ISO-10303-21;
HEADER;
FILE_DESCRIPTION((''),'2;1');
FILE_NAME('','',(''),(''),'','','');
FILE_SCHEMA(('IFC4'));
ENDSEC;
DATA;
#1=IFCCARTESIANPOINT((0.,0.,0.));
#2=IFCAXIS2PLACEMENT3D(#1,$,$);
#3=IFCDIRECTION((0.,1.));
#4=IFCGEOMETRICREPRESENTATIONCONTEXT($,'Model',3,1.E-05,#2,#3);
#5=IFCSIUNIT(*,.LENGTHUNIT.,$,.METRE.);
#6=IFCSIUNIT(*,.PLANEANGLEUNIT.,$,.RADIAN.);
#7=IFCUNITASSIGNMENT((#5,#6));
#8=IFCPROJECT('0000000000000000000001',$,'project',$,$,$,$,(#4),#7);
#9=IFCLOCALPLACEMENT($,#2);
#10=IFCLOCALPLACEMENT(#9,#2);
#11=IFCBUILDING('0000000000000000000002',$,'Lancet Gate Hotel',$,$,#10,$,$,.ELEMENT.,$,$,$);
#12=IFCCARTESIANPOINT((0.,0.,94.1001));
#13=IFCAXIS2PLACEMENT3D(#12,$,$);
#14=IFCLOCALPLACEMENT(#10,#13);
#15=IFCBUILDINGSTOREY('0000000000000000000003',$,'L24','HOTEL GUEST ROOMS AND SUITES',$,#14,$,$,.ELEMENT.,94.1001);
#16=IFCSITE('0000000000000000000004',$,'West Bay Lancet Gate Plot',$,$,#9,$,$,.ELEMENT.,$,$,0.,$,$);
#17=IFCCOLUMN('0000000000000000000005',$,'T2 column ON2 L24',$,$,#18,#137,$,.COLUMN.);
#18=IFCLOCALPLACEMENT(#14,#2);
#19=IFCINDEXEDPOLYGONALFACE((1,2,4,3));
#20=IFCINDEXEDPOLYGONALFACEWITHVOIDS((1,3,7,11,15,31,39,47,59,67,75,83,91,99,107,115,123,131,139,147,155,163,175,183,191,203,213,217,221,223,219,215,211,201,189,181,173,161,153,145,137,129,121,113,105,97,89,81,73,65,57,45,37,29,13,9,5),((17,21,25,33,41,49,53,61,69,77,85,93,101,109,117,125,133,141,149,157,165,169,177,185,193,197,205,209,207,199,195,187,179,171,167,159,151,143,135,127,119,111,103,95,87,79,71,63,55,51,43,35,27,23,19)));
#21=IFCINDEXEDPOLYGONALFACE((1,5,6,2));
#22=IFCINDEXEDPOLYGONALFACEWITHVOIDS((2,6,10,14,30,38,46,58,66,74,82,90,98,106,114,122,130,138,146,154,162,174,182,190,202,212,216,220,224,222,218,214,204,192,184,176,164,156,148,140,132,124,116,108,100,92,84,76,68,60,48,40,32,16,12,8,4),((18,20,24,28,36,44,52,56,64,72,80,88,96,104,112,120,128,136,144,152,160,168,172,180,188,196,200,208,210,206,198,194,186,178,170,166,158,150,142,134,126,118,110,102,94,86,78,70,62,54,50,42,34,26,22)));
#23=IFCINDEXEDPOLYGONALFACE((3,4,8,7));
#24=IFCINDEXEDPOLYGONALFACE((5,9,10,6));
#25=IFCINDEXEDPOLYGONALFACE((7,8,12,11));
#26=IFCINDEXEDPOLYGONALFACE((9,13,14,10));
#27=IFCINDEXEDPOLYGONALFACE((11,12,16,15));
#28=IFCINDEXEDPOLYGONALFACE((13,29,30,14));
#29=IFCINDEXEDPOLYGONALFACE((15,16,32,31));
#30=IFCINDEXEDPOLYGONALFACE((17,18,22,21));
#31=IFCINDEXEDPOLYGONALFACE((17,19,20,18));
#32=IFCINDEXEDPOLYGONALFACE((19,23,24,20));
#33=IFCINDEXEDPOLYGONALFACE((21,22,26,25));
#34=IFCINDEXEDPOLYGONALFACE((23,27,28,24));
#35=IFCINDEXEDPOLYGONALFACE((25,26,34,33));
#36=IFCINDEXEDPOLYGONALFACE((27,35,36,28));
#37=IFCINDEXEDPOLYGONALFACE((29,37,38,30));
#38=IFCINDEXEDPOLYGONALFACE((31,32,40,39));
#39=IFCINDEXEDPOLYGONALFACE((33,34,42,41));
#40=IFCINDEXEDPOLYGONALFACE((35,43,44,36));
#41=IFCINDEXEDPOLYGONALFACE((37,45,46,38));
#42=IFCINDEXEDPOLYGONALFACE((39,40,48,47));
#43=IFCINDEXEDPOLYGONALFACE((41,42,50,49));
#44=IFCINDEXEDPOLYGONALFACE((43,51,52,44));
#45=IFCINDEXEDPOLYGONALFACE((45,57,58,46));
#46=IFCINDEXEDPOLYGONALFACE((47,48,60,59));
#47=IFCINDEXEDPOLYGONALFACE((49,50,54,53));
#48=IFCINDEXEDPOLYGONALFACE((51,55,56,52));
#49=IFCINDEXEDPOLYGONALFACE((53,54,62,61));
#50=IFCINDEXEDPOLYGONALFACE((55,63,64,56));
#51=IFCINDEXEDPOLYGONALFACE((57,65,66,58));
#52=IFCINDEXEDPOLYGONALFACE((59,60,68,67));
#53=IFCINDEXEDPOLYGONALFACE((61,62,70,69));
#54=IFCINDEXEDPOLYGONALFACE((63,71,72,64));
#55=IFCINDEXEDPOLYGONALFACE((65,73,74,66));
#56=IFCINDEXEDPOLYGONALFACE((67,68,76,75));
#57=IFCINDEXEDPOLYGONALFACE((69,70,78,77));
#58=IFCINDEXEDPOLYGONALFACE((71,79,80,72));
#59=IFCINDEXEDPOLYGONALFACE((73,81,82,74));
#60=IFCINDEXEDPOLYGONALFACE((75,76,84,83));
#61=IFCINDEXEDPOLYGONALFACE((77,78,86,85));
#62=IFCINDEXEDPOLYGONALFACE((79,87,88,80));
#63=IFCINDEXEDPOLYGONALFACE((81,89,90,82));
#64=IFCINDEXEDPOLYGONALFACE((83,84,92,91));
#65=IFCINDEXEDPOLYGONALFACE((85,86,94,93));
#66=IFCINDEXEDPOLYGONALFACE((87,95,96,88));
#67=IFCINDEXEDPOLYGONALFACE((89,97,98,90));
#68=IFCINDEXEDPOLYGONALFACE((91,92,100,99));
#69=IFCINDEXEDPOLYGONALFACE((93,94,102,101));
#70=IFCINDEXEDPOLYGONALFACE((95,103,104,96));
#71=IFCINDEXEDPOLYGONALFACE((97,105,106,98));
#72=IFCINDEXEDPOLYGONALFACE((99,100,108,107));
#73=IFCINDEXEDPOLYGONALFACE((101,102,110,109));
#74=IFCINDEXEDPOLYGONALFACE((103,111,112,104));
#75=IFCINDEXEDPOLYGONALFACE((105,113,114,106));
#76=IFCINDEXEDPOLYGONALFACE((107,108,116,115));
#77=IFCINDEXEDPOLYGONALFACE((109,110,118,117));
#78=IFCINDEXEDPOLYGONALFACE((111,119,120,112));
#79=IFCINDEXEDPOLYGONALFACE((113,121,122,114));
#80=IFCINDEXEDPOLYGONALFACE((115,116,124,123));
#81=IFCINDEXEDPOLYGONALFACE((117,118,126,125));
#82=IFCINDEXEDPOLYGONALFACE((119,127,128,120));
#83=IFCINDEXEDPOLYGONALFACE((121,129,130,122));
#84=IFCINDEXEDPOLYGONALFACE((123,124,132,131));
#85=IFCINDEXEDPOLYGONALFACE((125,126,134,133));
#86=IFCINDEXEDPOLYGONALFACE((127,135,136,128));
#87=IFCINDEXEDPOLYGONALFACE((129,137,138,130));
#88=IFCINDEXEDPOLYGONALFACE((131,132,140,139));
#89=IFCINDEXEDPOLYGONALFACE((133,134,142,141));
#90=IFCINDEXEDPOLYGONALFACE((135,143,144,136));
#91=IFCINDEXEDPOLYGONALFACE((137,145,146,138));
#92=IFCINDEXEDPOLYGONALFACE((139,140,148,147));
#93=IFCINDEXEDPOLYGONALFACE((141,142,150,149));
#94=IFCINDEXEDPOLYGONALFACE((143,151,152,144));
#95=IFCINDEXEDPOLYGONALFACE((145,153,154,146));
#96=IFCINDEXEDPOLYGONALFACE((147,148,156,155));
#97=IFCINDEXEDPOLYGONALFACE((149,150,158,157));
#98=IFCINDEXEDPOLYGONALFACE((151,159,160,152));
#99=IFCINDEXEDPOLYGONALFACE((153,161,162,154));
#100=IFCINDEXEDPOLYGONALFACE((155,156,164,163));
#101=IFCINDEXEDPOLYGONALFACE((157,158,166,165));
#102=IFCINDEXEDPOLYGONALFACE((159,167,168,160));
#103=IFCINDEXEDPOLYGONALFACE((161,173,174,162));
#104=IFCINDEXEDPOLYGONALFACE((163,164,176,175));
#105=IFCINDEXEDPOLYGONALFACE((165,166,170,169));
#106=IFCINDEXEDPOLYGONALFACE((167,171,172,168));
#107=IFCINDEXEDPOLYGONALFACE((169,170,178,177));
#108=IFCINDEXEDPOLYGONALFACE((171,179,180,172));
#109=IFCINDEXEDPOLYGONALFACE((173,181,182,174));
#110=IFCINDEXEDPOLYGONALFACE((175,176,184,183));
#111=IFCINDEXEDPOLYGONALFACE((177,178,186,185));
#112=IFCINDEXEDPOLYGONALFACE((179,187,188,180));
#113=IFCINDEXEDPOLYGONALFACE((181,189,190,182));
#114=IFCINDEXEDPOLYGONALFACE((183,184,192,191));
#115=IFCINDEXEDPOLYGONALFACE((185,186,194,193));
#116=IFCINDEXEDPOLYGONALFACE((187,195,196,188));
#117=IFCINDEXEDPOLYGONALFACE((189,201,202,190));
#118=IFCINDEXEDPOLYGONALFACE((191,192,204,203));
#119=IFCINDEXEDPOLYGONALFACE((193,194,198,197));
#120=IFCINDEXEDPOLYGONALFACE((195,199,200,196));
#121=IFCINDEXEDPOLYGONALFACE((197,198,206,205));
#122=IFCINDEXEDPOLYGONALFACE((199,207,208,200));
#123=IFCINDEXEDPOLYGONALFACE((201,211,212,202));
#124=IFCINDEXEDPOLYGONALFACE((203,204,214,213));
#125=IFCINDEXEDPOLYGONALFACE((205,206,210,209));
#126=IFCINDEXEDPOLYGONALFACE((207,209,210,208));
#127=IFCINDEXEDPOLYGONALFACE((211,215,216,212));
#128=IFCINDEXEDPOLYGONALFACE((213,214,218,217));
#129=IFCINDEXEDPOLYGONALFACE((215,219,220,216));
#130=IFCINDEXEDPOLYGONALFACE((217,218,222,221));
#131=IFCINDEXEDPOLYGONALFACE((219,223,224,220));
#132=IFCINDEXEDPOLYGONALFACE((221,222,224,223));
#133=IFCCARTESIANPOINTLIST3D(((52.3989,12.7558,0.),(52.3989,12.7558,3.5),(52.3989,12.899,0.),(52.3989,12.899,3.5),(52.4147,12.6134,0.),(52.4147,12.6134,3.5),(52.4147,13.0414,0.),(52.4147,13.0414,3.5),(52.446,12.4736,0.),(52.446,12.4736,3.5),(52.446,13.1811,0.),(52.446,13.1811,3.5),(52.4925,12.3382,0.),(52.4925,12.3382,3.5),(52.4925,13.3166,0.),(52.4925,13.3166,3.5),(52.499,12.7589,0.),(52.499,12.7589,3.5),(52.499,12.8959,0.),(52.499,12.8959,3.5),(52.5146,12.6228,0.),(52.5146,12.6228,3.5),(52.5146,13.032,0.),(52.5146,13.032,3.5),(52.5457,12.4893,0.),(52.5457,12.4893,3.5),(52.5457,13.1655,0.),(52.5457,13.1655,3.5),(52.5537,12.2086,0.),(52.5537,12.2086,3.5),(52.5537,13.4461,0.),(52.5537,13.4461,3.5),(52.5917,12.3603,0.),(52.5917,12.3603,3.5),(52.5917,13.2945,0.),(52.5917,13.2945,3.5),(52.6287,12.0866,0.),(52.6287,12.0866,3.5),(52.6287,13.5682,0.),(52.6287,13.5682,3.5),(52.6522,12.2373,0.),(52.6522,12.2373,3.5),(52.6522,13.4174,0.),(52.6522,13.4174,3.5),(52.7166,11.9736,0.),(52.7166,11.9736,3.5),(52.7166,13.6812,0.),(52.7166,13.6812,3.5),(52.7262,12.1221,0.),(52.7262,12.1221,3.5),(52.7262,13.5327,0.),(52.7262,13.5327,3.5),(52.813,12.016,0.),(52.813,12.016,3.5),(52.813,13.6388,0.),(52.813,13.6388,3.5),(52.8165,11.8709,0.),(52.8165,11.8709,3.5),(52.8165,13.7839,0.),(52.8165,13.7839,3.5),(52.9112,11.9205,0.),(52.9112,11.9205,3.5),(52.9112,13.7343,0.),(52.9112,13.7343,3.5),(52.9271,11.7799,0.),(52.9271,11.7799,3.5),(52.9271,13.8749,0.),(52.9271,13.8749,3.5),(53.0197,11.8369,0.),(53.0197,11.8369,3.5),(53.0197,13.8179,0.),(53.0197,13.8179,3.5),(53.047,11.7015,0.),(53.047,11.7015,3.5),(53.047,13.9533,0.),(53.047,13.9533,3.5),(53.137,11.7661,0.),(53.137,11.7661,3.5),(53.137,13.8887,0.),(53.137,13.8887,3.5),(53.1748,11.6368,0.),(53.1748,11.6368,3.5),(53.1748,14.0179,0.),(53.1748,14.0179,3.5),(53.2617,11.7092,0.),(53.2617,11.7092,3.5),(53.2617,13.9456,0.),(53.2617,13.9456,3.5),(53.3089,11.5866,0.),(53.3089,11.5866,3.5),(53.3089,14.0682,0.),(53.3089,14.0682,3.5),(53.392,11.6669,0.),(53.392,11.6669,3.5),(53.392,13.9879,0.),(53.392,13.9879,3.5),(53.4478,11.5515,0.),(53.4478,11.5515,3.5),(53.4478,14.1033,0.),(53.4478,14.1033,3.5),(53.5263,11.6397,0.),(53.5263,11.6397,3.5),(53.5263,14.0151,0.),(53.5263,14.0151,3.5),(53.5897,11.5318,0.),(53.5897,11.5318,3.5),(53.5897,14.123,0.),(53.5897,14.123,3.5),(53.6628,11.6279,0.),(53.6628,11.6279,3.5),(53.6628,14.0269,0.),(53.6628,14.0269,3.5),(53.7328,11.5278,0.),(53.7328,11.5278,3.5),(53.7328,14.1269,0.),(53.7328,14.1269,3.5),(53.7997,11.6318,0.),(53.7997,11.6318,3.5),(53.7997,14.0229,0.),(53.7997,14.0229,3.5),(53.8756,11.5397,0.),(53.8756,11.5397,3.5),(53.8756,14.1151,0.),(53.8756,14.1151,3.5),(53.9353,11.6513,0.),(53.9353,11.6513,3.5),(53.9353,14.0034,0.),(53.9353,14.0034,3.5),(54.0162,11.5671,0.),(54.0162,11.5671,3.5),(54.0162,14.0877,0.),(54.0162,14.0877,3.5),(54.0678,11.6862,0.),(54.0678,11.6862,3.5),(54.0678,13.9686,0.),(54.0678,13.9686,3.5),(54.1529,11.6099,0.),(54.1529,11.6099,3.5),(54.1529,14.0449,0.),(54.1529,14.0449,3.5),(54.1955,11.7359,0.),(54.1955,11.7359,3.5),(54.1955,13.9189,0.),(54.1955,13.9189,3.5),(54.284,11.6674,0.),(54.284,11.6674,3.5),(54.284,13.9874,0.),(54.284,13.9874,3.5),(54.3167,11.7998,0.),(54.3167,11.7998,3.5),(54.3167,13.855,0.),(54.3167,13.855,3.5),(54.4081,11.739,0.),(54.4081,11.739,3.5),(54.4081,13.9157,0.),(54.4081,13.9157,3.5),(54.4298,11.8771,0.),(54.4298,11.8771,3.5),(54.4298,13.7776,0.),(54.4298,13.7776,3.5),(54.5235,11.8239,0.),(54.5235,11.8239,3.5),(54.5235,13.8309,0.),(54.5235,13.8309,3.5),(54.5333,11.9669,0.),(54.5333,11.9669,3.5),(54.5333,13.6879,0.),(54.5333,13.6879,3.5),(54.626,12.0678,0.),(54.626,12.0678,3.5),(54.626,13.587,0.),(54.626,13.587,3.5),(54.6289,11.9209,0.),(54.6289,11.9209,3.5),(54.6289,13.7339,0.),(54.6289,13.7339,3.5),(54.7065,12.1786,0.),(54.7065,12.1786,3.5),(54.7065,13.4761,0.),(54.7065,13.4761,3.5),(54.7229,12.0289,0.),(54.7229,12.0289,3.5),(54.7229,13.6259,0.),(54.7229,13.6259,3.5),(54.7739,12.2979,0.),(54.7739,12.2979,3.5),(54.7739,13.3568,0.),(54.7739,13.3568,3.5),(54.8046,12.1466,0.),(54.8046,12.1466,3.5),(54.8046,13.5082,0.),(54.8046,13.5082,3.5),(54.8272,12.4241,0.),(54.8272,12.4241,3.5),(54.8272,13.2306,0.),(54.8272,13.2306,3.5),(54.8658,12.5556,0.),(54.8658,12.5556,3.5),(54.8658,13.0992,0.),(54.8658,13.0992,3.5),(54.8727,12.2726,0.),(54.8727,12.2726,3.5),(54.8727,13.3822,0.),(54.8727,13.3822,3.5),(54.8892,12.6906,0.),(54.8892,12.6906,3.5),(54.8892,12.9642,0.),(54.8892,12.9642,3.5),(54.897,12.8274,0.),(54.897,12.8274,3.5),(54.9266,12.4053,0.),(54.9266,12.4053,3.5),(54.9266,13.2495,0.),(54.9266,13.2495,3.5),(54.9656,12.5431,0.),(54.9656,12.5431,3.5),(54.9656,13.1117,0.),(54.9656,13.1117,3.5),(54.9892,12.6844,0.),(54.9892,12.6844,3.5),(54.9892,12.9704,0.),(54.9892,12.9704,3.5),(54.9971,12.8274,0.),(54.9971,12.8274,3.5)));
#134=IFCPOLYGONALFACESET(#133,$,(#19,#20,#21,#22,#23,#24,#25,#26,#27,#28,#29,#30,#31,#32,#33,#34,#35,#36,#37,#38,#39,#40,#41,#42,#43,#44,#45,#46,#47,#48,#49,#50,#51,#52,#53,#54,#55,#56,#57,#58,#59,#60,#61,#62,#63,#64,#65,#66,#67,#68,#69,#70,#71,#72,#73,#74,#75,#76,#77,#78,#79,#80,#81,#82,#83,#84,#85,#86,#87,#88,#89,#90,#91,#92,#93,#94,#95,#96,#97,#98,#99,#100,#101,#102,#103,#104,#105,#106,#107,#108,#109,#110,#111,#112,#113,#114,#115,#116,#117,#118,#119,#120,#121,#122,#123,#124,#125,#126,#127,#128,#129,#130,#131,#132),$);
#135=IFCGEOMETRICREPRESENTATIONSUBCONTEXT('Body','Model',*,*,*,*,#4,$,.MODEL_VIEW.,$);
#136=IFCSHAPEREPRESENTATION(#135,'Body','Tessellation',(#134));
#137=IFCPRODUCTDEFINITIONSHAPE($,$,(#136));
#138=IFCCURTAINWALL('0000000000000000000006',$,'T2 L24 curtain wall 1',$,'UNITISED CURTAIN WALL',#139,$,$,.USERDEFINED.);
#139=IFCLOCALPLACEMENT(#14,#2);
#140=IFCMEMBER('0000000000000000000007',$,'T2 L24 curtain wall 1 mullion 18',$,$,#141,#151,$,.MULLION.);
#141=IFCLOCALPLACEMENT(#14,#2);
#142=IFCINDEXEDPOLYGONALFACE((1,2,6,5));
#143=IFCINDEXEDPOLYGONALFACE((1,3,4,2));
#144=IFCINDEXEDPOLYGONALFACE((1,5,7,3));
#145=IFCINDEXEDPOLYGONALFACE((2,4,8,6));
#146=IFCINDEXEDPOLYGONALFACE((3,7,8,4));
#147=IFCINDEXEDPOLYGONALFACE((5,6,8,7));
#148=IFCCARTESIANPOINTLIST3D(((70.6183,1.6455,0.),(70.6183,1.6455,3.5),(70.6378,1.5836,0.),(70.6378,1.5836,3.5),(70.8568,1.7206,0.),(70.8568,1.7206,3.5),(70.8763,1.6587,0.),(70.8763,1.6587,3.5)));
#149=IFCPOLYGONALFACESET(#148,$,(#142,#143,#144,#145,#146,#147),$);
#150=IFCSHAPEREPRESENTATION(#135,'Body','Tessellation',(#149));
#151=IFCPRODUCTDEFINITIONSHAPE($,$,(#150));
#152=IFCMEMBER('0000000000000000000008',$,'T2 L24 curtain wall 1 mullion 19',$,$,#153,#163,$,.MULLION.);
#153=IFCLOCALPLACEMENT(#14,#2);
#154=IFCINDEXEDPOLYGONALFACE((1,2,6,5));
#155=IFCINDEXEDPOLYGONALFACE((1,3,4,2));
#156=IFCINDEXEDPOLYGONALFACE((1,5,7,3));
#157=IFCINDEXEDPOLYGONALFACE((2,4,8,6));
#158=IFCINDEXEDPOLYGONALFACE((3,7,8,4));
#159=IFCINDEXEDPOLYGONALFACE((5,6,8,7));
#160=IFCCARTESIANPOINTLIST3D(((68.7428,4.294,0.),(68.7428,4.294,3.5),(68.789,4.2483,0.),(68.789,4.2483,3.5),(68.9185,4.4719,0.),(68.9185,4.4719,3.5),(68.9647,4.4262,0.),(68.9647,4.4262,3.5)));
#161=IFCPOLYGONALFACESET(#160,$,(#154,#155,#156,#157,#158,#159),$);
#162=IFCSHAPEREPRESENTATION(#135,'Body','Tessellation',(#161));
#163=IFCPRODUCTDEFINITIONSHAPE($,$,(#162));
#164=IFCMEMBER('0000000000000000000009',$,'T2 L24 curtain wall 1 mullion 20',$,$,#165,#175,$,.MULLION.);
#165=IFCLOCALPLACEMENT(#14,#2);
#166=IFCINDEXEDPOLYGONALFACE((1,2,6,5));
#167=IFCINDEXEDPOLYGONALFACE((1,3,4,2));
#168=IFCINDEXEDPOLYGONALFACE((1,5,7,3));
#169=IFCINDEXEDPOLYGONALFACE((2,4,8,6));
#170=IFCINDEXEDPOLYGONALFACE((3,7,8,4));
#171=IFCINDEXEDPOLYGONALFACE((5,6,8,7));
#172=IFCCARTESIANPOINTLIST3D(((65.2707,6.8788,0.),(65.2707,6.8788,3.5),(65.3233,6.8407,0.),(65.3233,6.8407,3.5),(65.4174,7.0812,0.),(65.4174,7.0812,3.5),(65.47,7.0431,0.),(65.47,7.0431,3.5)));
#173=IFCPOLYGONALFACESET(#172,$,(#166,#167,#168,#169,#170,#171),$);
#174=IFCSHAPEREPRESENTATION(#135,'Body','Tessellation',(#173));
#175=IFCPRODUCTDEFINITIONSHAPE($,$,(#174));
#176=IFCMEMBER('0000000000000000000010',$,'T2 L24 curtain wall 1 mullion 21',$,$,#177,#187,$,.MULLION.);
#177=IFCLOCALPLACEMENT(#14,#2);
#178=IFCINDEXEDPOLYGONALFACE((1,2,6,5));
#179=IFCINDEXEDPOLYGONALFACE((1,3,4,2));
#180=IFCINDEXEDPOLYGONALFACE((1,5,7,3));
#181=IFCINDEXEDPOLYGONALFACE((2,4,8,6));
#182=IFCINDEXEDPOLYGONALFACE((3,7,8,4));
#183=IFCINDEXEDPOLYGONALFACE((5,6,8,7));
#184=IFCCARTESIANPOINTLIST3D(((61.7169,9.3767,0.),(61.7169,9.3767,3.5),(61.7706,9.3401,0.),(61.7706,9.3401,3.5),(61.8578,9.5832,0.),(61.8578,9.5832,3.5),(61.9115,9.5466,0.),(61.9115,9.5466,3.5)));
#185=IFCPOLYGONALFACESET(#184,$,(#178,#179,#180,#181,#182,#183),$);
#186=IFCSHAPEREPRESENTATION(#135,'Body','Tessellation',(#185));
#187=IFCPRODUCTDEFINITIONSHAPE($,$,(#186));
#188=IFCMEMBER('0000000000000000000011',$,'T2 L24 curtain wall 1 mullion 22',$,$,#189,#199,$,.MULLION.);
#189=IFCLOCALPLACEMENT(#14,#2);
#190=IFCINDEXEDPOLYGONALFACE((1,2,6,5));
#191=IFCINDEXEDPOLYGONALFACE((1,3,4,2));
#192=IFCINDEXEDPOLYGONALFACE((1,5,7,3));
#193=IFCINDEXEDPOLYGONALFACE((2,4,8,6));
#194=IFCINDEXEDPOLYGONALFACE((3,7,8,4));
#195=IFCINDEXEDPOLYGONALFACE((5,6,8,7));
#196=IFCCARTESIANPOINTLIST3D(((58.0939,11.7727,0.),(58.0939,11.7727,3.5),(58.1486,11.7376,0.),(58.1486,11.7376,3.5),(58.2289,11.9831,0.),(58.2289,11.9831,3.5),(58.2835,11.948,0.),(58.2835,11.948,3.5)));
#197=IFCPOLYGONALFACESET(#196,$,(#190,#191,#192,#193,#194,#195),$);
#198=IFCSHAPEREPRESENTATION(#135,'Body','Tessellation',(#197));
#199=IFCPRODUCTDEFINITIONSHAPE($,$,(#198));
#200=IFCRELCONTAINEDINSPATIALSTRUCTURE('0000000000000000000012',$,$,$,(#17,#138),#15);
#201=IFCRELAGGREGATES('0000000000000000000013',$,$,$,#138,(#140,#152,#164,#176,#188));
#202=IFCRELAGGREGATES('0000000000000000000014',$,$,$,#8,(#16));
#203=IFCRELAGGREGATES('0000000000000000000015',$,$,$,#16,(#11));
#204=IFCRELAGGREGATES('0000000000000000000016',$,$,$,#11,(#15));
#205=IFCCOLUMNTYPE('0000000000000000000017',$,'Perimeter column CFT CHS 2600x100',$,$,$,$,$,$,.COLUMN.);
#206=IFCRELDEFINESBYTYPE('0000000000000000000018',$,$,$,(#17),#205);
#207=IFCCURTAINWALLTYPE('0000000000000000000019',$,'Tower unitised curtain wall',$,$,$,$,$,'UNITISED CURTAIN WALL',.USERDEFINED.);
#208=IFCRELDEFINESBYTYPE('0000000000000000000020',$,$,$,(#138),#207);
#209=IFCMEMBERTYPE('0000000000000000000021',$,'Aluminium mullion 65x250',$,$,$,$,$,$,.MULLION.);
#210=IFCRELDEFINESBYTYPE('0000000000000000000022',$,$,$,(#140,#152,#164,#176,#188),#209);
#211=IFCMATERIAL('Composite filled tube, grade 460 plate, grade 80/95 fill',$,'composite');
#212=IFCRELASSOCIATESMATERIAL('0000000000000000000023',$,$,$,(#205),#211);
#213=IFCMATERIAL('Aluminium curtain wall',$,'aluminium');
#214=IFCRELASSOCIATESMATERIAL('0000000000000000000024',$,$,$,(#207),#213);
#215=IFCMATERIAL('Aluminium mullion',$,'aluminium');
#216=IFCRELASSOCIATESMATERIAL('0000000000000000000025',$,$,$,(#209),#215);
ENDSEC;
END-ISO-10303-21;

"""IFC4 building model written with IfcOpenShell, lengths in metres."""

from ifc_helpers import new_model, si_unit, direction, frame, origin, origin_2d, place, context, subcontext, project, spatial, rectangle, hollow_circle, extrude, material, material_profile, profile_set, type_object, element, aggregate, save


model = new_model("IFC4")

# Units and contexts
model_context = context("Model", 3, precision=1e-05, world=origin(), true_north=direction((0.0, 1.0)))
body_context = subcontext(model_context, "Body", "Model", "MODEL_VIEW")
ifc_project = project(units=[si_unit("LENGTHUNIT", "METRE"), si_unit("PLANEANGLEUNIT", "RADIAN")], contexts=[model_context])

# Site, building, storey
site_placement = place(None, origin())
site = spatial("IfcSite", under=ifc_project, at=site_placement, Name="West Bay Lancet Gate Plot", CompositionType="ELEMENT", RefElevation=0.0)
building_placement = place(site_placement, origin())
building = spatial("IfcBuilding", under=site, at=building_placement, Name="Lancet Gate Hotel", CompositionType="ELEMENT")
storey_placement = place(building_placement, frame((0.0, 0.0, 94.1001)))
storey = spatial("IfcBuildingStorey", under=building, at=storey_placement, Name="L24", Description="HOTEL GUEST ROOMS AND SUITES", CompositionType="ELEMENT", Elevation=94.1001)

# Column
ifc_material_1 = material(Name="Composite filled tube, grade 460 plate, grade 80/95 fill", Category="composite")
ifc_material_profile_1 = material_profile(ifc_material_1, hollow_circle(Radius=1.3, WallThickness=0.1001, at=origin_2d()), Name="CHS 2600x100")
ifc_profile_set_1 = profile_set([ifc_material_profile_1], Name="Composite filled tube, grade 460 plate, grade 80/95 fill")
column_type_1 = type_object("IfcColumnType", Name="Perimeter column CFT CHS 2600x100", PredefinedType="COLUMN", material=ifc_profile_set_1)
for number, where, z_axis, x_axis, name in (
    (1, (53.697, 12.8274, 0.0), (0.0, 0.0, 1.0), (1.0, 0.0, 0.0), "T2 column ON2 L24"),
):
    element("IfcColumn", number, at=place(storey_placement, frame(where, z_axis=z_axis, x_axis=x_axis)), inside=storey, type_object=column_type_1, Name=name, PredefinedType="COLUMN", context=body_context, shape_type="SweptSolid", body=[
        extrude(hollow_circle(Radius=1.3, WallThickness=0.1001, at=origin_2d()), origin(), (0.0, 0.0, 1.0), 3.5),
    ])

# Curtain wall, members
ifc_material_2 = material(Name="Aluminium curtain wall", Category="aluminium")
curtain_wall_type = type_object("IfcCurtainWallType", Name="Tower unitised curtain wall", ElementType="UNITISED CURTAIN WALL", PredefinedType="USERDEFINED", material=ifc_material_2)
curtain_wall_placement = place(storey_placement, origin())
curtain_wall = element("IfcCurtainWall", 2, at=curtain_wall_placement, inside=storey, type_object=curtain_wall_type, Name="T2 L24 curtain wall 1", ObjectType="UNITISED CURTAIN WALL", PredefinedType="USERDEFINED")
ifc_material_3 = material(Name="Aluminium mullion", Category="aluminium")
ifc_material_profile_2 = material_profile(ifc_material_3, rectangle(XDim=0.0649, YDim=0.25, at=origin_2d()), Name="MULLION 65x250")
ifc_profile_set_2 = profile_set([ifc_material_profile_2], Name="Aluminium mullion")
member_type_1 = type_object("IfcMemberType", Name="Aluminium mullion 65x250", PredefinedType="MULLION", material=ifc_profile_set_2)
member_1_placement = place(storey_placement, frame((70.7473, 1.6521, 0.0), z_axis=(0.0, 0.0, 1.0), x_axis=(-0.300385, 0.953818, 0.0)))
member_1 = element("IfcMember", 3, at=member_1_placement, type_object=member_type_1, Name="T2 L24 curtain wall 1 mullion 18", PredefinedType="MULLION", context=body_context, shape_type="SweptSolid", body=[
    extrude(rectangle(XDim=0.0649, YDim=0.25, at=origin_2d()), origin(), (0.0, 0.0, 1.0), 3.5),
])
member_2_placement = place(storey_placement, frame((68.8538, 4.3601, 0.0), z_axis=(0.0, 0.0, 1.0), x_axis=(-0.71161, 0.702574, 0.0)))
member_2 = element("IfcMember", 4, at=member_2_placement, type_object=member_type_1, Name="T2 L24 curtain wall 1 mullion 19", PredefinedType="MULLION", context=body_context, shape_type="SweptSolid", body=[
    extrude(rectangle(XDim=0.0649, YDim=0.25, at=origin_2d()), origin(), (0.0, 0.0, 1.0), 3.5),
])
member_3_placement = place(storey_placement, frame((65.3704, 6.9609, 0.0), z_axis=(0.0, 0.0, 1.0), x_axis=(-0.809729, 0.586805, 0.0)))
member_3 = element("IfcMember", 5, at=member_3_placement, type_object=member_type_1, Name="T2 L24 curtain wall 1 mullion 20", PredefinedType="MULLION", context=body_context, shape_type="SweptSolid", body=[
    extrude(rectangle(XDim=0.0649, YDim=0.25, at=origin_2d()), origin(), (0.0, 0.0, 1.0), 3.5),
])
member_4_placement = place(storey_placement, frame((61.8142, 9.4617, 0.0), z_axis=(0.0, 0.0, 1.0), x_axis=(-0.826066, 0.563574, 0.0)))
member_4 = element("IfcMember", 6, at=member_4_placement, type_object=member_type_1, Name="T2 L24 curtain wall 1 mullion 21", PredefinedType="MULLION", context=body_context, shape_type="SweptSolid", body=[
    extrude(rectangle(XDim=0.0649, YDim=0.25, at=origin_2d()), origin(), (0.0, 0.0, 1.0), 3.5),
])
member_5_placement = place(storey_placement, frame((58.1887, 11.8604, 0.0), z_axis=(0.0, 0.0, 1.0), x_axis=(-0.841736, 0.539889, 0.0)))
member_5 = element("IfcMember", 7, at=member_5_placement, type_object=member_type_1, Name="T2 L24 curtain wall 1 mullion 22", PredefinedType="MULLION", context=body_context, shape_type="SweptSolid", body=[
    extrude(rectangle(XDim=0.0649, YDim=0.25, at=origin_2d()), origin(), (0.0, 0.0, 1.0), 3.5),
])

aggregate(curtain_wall, [member_1, member_2, member_3, member_4, member_5])

save(model, "model.ifc")
